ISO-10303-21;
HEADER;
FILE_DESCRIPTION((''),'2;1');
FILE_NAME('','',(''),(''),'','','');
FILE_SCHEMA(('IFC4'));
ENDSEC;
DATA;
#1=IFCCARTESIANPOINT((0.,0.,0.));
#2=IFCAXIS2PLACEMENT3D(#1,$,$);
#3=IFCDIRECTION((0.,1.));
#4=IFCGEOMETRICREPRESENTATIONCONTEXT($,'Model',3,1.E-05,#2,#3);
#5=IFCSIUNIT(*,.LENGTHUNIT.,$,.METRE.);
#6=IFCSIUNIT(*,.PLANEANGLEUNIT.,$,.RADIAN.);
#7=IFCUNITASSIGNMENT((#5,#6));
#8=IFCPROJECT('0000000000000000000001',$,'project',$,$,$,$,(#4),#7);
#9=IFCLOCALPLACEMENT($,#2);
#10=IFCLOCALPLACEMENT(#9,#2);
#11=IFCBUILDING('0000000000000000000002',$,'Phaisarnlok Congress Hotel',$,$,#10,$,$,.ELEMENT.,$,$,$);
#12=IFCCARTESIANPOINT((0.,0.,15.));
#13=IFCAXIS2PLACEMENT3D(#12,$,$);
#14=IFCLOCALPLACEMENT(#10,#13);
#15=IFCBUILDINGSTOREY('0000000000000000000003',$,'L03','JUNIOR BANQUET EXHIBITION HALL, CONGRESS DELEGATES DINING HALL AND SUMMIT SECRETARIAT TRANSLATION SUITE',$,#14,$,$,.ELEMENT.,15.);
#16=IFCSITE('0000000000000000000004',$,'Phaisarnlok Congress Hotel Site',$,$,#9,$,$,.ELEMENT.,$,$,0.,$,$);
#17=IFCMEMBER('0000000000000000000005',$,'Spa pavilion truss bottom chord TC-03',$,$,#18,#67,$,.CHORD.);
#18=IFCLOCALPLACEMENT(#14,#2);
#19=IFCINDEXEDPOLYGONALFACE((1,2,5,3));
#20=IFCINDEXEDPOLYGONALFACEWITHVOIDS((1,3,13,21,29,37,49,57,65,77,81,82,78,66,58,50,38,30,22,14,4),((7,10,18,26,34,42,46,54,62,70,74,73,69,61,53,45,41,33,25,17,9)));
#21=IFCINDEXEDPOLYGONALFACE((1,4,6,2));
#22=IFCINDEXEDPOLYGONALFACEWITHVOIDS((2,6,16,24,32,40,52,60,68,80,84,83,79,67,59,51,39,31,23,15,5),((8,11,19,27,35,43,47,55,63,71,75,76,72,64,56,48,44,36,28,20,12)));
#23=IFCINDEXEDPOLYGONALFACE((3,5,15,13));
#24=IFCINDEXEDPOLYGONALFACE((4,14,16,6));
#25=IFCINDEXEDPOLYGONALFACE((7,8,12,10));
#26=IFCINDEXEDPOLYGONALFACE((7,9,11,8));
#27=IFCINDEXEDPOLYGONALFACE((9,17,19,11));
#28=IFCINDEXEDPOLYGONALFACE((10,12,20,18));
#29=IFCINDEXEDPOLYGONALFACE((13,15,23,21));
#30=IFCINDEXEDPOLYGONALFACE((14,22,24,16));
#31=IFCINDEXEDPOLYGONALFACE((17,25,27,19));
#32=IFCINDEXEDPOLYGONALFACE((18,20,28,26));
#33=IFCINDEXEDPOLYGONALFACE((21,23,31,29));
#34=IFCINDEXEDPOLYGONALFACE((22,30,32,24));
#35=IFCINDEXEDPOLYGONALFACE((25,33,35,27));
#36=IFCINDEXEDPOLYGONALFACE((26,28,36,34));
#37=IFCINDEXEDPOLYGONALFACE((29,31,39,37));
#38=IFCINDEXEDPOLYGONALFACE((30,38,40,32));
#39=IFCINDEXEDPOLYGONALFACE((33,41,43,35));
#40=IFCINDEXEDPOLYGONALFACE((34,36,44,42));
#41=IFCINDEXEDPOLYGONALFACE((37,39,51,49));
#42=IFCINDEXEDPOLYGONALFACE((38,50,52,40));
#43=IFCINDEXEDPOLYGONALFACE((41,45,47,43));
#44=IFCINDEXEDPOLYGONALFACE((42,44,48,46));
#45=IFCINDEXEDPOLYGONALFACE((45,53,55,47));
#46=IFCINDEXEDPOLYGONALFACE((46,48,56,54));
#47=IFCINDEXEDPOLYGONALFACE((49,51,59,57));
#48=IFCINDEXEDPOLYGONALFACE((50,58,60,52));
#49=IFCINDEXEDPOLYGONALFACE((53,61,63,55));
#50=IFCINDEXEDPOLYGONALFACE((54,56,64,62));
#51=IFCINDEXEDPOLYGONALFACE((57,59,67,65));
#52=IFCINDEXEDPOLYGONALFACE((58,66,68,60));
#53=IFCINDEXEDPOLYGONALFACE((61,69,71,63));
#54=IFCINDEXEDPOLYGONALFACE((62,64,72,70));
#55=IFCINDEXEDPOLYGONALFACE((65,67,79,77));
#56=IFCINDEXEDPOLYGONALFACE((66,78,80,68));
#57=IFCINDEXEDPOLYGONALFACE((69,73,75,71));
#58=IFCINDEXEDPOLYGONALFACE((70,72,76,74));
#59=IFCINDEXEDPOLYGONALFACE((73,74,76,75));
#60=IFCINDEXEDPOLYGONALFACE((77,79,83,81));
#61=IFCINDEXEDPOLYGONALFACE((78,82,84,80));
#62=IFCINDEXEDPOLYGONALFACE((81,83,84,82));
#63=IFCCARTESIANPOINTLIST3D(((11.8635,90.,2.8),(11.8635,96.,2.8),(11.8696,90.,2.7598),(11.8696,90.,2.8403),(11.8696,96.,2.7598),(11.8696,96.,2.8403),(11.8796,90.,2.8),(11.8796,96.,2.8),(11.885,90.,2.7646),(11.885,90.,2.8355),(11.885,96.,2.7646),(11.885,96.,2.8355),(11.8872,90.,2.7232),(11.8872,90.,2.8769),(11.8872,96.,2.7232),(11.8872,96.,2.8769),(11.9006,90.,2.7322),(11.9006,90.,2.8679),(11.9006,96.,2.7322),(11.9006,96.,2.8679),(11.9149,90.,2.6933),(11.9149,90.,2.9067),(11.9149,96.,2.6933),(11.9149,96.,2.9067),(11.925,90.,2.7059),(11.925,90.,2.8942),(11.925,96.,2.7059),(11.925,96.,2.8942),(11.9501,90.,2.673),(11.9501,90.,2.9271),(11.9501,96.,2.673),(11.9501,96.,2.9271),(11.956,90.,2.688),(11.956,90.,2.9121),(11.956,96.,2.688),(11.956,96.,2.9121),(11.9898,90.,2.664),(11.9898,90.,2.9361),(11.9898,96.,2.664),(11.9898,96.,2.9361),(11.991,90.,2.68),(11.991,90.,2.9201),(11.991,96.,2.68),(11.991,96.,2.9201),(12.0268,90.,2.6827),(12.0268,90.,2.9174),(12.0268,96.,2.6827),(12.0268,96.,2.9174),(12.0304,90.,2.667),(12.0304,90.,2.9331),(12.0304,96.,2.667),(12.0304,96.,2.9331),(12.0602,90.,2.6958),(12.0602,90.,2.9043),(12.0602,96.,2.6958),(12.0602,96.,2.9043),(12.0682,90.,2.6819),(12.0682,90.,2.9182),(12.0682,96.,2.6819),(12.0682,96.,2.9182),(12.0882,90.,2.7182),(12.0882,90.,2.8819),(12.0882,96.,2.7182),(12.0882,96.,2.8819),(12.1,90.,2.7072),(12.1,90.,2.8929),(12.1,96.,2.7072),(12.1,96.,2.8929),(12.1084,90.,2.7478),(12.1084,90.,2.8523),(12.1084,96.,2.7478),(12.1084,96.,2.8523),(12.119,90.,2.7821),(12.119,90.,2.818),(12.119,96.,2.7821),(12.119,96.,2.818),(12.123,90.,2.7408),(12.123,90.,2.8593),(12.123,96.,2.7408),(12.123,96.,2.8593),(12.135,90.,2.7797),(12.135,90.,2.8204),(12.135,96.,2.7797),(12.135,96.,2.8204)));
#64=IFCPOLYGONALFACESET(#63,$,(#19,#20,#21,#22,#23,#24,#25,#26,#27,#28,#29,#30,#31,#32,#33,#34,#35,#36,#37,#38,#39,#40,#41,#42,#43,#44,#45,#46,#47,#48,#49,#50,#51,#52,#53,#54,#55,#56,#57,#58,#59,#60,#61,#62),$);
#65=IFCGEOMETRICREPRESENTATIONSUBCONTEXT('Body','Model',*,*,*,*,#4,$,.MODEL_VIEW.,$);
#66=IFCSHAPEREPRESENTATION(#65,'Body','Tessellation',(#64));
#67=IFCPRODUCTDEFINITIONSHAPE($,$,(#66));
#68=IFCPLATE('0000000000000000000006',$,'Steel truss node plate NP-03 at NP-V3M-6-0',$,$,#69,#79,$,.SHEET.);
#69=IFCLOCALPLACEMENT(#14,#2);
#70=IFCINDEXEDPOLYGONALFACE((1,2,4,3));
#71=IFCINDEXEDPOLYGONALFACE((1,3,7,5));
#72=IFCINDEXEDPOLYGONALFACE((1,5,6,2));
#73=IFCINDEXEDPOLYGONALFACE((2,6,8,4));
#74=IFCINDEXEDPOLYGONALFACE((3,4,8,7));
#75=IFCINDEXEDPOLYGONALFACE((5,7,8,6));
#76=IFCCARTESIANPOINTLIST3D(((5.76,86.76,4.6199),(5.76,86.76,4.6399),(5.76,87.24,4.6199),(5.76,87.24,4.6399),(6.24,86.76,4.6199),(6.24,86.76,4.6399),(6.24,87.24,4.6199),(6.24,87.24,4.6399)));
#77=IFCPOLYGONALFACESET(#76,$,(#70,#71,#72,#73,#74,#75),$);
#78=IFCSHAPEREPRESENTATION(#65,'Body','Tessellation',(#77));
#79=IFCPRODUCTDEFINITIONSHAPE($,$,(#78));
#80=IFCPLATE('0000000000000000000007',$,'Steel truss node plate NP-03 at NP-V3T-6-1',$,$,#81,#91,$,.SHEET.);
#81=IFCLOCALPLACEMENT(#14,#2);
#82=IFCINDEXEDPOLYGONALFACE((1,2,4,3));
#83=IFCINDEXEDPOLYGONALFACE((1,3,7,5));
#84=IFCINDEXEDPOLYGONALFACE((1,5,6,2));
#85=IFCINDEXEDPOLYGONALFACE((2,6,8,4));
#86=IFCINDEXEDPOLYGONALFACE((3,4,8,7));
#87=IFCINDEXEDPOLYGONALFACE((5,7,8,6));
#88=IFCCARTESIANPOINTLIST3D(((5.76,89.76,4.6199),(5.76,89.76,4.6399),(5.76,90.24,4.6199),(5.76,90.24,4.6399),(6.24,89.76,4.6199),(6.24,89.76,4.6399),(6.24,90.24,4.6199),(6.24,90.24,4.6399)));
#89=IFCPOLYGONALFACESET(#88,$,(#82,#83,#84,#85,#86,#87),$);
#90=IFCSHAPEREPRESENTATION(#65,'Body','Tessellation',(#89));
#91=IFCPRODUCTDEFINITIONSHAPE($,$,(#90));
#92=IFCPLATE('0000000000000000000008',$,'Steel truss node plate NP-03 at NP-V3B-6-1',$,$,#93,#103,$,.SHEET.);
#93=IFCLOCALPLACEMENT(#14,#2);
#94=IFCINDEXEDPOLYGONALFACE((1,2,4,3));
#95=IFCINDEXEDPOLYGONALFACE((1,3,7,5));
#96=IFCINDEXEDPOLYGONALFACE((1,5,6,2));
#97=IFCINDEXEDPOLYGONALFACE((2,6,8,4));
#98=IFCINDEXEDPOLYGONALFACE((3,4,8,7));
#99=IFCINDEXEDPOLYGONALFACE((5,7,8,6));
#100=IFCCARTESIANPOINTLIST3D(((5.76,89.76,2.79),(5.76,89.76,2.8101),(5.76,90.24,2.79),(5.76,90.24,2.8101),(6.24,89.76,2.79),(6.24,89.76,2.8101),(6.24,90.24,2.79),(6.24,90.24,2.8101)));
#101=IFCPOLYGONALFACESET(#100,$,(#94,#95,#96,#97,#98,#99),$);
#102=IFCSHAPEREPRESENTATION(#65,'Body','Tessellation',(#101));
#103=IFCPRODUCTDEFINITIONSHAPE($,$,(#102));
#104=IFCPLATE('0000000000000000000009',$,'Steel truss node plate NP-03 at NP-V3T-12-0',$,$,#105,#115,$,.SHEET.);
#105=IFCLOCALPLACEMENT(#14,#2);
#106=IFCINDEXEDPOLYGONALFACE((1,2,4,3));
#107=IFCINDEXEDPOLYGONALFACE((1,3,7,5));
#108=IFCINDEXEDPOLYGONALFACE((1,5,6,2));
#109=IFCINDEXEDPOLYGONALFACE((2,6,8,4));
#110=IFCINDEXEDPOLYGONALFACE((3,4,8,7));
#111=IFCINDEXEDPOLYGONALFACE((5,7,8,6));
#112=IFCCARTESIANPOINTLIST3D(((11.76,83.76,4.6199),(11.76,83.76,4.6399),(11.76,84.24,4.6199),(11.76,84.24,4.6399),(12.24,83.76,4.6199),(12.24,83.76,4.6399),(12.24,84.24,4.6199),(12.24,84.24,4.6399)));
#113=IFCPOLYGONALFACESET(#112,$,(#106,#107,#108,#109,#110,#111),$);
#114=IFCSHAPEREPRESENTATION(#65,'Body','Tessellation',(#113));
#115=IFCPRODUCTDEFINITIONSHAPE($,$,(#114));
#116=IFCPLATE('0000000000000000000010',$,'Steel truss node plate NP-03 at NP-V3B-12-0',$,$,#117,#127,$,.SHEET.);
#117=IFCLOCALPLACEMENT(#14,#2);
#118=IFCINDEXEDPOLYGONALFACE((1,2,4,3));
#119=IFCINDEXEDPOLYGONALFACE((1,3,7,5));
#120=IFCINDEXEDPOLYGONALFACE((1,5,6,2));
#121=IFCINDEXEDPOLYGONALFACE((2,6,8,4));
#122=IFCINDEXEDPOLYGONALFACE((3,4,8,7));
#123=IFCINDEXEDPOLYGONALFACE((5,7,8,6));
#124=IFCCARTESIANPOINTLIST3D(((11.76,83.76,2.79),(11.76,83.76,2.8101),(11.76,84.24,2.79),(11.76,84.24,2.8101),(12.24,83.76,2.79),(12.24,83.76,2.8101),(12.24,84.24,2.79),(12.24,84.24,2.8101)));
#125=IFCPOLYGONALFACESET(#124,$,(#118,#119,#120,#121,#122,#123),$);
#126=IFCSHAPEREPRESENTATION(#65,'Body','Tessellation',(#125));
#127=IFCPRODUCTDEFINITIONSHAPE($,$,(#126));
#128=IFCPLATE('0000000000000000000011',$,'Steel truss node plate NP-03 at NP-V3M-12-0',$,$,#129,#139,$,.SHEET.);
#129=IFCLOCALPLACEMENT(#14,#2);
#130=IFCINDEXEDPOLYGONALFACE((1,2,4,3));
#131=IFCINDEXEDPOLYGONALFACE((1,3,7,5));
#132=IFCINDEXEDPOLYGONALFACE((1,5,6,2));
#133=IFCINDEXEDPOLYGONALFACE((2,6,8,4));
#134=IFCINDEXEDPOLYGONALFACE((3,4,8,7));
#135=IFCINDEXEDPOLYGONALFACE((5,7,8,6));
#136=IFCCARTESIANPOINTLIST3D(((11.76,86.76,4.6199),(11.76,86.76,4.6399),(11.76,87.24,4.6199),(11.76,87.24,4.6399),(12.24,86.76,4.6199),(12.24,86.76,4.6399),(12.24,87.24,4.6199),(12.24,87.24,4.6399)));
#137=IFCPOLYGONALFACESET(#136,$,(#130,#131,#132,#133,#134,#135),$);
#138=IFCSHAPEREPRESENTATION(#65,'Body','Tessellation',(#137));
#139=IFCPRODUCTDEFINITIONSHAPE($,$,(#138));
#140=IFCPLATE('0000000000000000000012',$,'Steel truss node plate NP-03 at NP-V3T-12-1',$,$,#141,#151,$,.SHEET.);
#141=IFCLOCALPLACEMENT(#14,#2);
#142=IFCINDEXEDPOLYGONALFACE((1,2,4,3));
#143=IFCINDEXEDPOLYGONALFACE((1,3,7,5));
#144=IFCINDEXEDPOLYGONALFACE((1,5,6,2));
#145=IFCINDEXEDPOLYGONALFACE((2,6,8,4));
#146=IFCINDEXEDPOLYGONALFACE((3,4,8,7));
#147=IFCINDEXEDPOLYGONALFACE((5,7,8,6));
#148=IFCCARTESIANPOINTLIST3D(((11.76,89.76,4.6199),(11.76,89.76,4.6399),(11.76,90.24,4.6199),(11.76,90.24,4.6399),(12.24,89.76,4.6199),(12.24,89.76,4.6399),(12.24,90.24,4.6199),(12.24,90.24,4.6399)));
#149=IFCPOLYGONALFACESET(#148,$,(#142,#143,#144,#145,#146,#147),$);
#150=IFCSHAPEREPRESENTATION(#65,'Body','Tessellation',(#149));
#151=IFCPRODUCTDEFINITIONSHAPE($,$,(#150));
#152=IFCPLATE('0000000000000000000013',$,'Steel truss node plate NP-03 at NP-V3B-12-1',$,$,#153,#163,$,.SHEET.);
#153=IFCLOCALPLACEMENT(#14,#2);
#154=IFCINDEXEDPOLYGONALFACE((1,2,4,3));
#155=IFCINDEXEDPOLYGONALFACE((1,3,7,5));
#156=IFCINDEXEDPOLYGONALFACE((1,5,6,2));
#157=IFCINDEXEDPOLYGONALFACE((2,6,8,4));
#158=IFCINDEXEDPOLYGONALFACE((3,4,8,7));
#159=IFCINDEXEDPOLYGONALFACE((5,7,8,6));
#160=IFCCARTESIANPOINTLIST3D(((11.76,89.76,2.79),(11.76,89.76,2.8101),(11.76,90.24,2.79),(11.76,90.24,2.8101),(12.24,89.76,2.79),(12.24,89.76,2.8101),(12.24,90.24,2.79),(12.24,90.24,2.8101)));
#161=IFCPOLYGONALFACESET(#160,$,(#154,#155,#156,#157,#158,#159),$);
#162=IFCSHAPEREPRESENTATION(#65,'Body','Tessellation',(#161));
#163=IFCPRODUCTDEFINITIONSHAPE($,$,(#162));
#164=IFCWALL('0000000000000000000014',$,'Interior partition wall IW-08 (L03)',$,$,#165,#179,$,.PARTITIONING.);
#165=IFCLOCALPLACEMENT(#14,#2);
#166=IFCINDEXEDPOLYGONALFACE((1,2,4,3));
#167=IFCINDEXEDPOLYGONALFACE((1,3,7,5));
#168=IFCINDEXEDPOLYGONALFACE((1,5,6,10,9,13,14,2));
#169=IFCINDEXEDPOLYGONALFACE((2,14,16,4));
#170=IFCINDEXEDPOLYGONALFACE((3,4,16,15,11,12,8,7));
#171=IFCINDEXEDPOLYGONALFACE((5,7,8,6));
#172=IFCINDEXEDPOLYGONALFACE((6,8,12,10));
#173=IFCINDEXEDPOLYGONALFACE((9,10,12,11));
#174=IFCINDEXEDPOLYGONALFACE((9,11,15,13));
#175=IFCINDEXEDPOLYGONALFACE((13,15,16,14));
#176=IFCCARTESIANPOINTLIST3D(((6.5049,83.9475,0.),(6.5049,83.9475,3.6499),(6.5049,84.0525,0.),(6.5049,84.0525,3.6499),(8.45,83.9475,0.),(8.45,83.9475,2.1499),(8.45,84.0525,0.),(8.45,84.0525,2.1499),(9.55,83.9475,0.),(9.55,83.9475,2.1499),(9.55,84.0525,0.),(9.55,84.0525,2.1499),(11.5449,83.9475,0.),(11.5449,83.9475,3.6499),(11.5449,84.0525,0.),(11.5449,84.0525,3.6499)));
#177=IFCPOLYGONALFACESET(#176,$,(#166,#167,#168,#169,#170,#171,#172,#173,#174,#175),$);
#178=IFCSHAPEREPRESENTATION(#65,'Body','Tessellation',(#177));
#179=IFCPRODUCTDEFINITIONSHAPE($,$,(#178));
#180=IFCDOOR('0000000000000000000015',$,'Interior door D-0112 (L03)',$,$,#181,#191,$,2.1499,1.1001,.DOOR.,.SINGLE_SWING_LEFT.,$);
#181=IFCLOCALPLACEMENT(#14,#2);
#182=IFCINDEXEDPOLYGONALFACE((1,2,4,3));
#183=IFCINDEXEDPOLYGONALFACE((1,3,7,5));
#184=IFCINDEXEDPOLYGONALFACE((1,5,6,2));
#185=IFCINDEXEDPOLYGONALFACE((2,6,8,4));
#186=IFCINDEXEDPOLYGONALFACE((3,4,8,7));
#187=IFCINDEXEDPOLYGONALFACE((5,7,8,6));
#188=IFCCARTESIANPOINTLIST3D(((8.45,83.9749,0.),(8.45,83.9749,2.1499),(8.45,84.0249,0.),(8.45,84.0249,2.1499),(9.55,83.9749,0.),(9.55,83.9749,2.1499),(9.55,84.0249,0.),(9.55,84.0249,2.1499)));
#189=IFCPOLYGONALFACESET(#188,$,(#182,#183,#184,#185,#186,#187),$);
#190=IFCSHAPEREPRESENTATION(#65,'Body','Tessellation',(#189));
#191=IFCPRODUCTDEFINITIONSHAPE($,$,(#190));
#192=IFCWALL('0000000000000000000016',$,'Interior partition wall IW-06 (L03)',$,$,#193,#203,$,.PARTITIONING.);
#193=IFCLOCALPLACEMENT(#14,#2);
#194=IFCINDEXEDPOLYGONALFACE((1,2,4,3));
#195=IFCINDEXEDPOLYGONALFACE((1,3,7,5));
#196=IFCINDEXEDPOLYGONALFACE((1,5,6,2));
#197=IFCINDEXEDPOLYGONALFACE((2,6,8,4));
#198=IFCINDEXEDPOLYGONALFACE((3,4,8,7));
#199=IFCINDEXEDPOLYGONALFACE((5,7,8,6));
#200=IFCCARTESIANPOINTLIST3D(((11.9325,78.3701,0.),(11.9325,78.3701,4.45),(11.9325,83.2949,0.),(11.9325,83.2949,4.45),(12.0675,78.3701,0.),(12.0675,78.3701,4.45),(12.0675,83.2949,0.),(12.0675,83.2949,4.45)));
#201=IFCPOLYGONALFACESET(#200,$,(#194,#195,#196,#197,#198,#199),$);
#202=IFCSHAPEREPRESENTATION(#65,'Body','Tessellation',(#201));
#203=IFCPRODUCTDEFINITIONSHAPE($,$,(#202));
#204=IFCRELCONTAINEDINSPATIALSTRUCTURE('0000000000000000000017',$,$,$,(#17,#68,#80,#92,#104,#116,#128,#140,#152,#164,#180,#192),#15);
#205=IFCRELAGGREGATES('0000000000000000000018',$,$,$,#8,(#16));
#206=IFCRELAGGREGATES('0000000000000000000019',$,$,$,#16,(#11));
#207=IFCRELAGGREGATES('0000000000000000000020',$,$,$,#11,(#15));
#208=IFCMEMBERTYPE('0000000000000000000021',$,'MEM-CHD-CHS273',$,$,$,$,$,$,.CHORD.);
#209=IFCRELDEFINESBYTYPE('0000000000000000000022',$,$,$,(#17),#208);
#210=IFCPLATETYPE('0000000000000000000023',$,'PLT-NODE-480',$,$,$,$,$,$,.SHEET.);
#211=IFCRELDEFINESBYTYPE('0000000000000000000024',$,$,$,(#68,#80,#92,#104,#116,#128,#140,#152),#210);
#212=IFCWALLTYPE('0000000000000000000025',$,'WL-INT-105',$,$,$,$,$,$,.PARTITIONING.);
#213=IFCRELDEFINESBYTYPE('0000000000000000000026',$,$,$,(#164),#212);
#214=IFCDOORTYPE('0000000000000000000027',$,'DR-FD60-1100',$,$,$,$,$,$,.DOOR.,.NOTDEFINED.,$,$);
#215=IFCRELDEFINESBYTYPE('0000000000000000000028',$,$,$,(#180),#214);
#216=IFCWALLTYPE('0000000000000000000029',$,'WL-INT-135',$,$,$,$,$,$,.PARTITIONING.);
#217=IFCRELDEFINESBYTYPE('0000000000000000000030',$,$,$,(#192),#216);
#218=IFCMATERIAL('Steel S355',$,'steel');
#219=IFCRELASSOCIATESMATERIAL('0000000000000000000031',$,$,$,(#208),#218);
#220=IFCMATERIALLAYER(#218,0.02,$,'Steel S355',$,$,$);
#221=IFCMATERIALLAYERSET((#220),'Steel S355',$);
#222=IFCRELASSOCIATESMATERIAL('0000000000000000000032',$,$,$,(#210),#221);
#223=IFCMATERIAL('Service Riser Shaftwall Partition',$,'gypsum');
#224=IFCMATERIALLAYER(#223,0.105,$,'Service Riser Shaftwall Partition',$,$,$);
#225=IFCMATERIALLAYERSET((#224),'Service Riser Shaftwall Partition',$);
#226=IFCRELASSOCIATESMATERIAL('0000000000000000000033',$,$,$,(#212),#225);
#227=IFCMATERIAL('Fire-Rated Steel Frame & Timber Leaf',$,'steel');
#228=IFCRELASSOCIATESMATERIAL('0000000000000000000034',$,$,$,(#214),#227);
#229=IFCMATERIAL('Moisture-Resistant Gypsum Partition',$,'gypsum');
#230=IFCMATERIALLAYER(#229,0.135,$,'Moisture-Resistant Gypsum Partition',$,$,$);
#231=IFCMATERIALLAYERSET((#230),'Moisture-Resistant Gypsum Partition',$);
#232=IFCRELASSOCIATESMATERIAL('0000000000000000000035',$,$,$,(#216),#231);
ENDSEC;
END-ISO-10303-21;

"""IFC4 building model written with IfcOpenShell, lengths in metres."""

from ifc_helpers import new_model, si_unit, direction, frame, frame_2d, origin, origin_2d, place, context, subcontext, project, spatial, rectangle, hollow_circle, extrude, material, layer, layer_set, material_profile, profile_set, type_object, element, fill, save


model = new_model("IFC4")

# Units and contexts
model_context = context("Model", 3, precision=1e-05, world=origin(), true_north=direction((0.0, 1.0)))
body_context = subcontext(model_context, "Body", "Model", "MODEL_VIEW")
ifc_project = project(units=[si_unit("LENGTHUNIT", "METRE"), si_unit("PLANEANGLEUNIT", "RADIAN")], contexts=[model_context])

# Site, building, storey
site_placement = place(None, origin())
site = spatial("IfcSite", under=ifc_project, at=site_placement, Name="Phaisarnlok Congress Hotel Site", CompositionType="ELEMENT", RefElevation=0.0)
building_placement = place(site_placement, origin())
building = spatial("IfcBuilding", under=site, at=building_placement, Name="Phaisarnlok Congress Hotel", CompositionType="ELEMENT")
storey_placement = place(building_placement, frame((0.0, 0.0, 15.0)))
storey = spatial("IfcBuildingStorey", under=building, at=storey_placement, Name="L03", Description="JUNIOR BANQUET EXHIBITION HALL, CONGRESS DELEGATES DINING HALL AND SUMMIT SECRETARIAT TRANSLATION SUITE", CompositionType="ELEMENT", Elevation=15.0)

# Member
ifc_material_1 = material(Name="Steel S355", Category="steel")
ifc_material_profile_1 = material_profile(ifc_material_1, hollow_circle(Radius=0.1365, WallThickness=0.0161, at=origin_2d()), Name="CHS 273x16")
ifc_profile_set_1 = profile_set([ifc_material_profile_1], Name="Steel S355")
member_type_1 = type_object("IfcMemberType", Name="MEM-CHD-CHS273", PredefinedType="CHORD", material=ifc_profile_set_1)
for number, where, z_axis, x_axis, name in (
    (1, (12.0, 90.0, 2.8), (0.0, 1.0, 0.0), (-1.0, 0.0, 0.0), "Spa pavilion truss bottom chord TC-03"),
):
    element("IfcMember", number, at=place(storey_placement, frame(where, z_axis=z_axis, x_axis=x_axis)), inside=storey, type_object=member_type_1, Name=name, PredefinedType="CHORD", context=body_context, shape_type="SweptSolid", body=[
        extrude(hollow_circle(Radius=0.1365, WallThickness=0.0161, at=origin_2d()), origin(), (0.0, 0.0, 1.0), 6.0),
    ])

# Plates
ifc_layer_1 = layer(ifc_material_1, 0.02, Name="Steel S355")
ifc_layer_set_1 = layer_set([ifc_layer_1], Name="Steel S355")
plate_type = type_object("IfcPlateType", Name="PLT-NODE-480", PredefinedType="SHEET", material=ifc_layer_set_1)
for number, where, z_axis, x_axis, name in (
    (2, (6.0, 87.0, 4.6199), (0.0, 0.0, 1.0), (1.0, 0.0, 0.0), "Steel truss node plate NP-03 at NP-V3M-6-0"),
    (3, (6.0, 90.0, 4.6199), (0.0, 0.0, 1.0), (1.0, 0.0, 0.0), "Steel truss node plate NP-03 at NP-V3T-6-1"),
    (4, (6.0, 90.0, 2.79), (0.0, 0.0, 1.0), (1.0, 0.0, 0.0), "Steel truss node plate NP-03 at NP-V3B-6-1"),
    (5, (12.0, 84.0, 4.6199), (0.0, 0.0, 1.0), (1.0, 0.0, 0.0), "Steel truss node plate NP-03 at NP-V3T-12-0"),
    (6, (12.0, 84.0, 2.79), (0.0, 0.0, 1.0), (1.0, 0.0, 0.0), "Steel truss node plate NP-03 at NP-V3B-12-0"),
    (7, (12.0, 87.0, 4.6199), (0.0, 0.0, 1.0), (1.0, 0.0, 0.0), "Steel truss node plate NP-03 at NP-V3M-12-0"),
    (8, (12.0, 90.0, 4.6199), (0.0, 0.0, 1.0), (1.0, 0.0, 0.0), "Steel truss node plate NP-03 at NP-V3T-12-1"),
    (9, (12.0, 90.0, 2.79), (0.0, 0.0, 1.0), (1.0, 0.0, 0.0), "Steel truss node plate NP-03 at NP-V3B-12-1"),
):
    element("IfcPlate", number, at=place(storey_placement, frame(where, z_axis=z_axis, x_axis=x_axis)), inside=storey, type_object=plate_type, Name=name, PredefinedType="SHEET", context=body_context, shape_type="SweptSolid", body=[
        extrude(rectangle(XDim=0.48, YDim=0.48, at=origin_2d()), origin(), (0.0, 0.0, 1.0), 0.02),
    ])

# Wall, opening, door
ifc_material_2 = material(Name="Service Riser Shaftwall Partition", Category="gypsum")
ifc_layer_2 = layer(ifc_material_2, 0.105, Name="Service Riser Shaftwall Partition")
ifc_layer_set_2 = layer_set([ifc_layer_2], Name="Service Riser Shaftwall Partition")
wall_type_1 = type_object("IfcWallType", Name="WL-INT-105", PredefinedType="PARTITIONING", material=ifc_layer_set_2)
wall_1_placement = place(storey_placement, frame((6.5049, 84.0, 0.0), z_axis=(0.0, 0.0, 1.0), x_axis=(1.0, 0.0, 0.0)))
wall_1 = element("IfcWall", 10, at=wall_1_placement, inside=storey, type_object=wall_type_1, Name="Interior partition wall IW-08 (L03)", PredefinedType="PARTITIONING", context=body_context, shape_type="SweptSolid", body=[
    extrude(rectangle(XDim=5.04, YDim=0.105, at=frame_2d((2.52, 0.0))), origin(), (0.0, 0.0, 1.0), 3.6499),
])
opening_placement = place(wall_1_placement, frame((1.9451, 0.0, 0.0)))
opening = element("IfcOpeningElement", 11, at=opening_placement, cuts=wall_1, PredefinedType="OPENING", context=body_context, shape_type="SweptSolid", body=[
    extrude(rectangle(XDim=1.1001, YDim=2.1499, at=frame_2d((0.55, 1.075))), frame((0.0, 0.0625, 0.0), z_axis=(0.0, -1.0, 0.0), x_axis=(1.0, 0.0, 0.0)), (0.0, 0.0, 1.0), 0.125),
])
ifc_material_3 = material(Name="Fire-Rated Steel Frame & Timber Leaf", Category="steel")
door_type = type_object("IfcDoorType", Name="DR-FD60-1100", OperationType="NOTDEFINED", PredefinedType="DOOR", material=ifc_material_3)
door_placement = place(opening_placement, origin())
door = element("IfcDoor", 12, at=door_placement, inside=storey, type_object=door_type, Name="Interior door D-0112 (L03)", OperationType="SINGLE_SWING_LEFT", OverallHeight=2.1499, OverallWidth=1.1001, PredefinedType="DOOR", context=body_context, shape_type="SweptSolid", body=[
    extrude(rectangle(XDim=1.1001, YDim=2.1499, at=frame_2d((0.55, 1.075))), frame((0.0, 0.0249, 0.0), z_axis=(0.0, -1.0, 0.0), x_axis=(1.0, 0.0, 0.0)), (0.0, 0.0, 1.0), 0.05),
])
fill(opening, door)

# Wall
ifc_material_4 = material(Name="Moisture-Resistant Gypsum Partition", Category="gypsum")
ifc_layer_3 = layer(ifc_material_4, 0.135, Name="Moisture-Resistant Gypsum Partition")
ifc_layer_set_3 = layer_set([ifc_layer_3], Name="Moisture-Resistant Gypsum Partition")
wall_type_2 = type_object("IfcWallType", Name="WL-INT-135", PredefinedType="PARTITIONING", material=ifc_layer_set_3)
wall_2_placement = place(storey_placement, frame((12.0, 78.3701, 0.0), z_axis=(0.0, 0.0, 1.0), x_axis=(0.0, 1.0, 0.0)))
element("IfcWall", 13, at=wall_2_placement, inside=storey, type_object=wall_type_2, Name="Interior partition wall IW-06 (L03)", PredefinedType="PARTITIONING", context=body_context, shape_type="SweptSolid", body=[
    extrude(rectangle(XDim=4.9248, YDim=0.135, at=frame_2d((2.4624, 0.0))), origin(), (0.0, 0.0, 1.0), 4.45),
])

save(model, "model.ifc")
